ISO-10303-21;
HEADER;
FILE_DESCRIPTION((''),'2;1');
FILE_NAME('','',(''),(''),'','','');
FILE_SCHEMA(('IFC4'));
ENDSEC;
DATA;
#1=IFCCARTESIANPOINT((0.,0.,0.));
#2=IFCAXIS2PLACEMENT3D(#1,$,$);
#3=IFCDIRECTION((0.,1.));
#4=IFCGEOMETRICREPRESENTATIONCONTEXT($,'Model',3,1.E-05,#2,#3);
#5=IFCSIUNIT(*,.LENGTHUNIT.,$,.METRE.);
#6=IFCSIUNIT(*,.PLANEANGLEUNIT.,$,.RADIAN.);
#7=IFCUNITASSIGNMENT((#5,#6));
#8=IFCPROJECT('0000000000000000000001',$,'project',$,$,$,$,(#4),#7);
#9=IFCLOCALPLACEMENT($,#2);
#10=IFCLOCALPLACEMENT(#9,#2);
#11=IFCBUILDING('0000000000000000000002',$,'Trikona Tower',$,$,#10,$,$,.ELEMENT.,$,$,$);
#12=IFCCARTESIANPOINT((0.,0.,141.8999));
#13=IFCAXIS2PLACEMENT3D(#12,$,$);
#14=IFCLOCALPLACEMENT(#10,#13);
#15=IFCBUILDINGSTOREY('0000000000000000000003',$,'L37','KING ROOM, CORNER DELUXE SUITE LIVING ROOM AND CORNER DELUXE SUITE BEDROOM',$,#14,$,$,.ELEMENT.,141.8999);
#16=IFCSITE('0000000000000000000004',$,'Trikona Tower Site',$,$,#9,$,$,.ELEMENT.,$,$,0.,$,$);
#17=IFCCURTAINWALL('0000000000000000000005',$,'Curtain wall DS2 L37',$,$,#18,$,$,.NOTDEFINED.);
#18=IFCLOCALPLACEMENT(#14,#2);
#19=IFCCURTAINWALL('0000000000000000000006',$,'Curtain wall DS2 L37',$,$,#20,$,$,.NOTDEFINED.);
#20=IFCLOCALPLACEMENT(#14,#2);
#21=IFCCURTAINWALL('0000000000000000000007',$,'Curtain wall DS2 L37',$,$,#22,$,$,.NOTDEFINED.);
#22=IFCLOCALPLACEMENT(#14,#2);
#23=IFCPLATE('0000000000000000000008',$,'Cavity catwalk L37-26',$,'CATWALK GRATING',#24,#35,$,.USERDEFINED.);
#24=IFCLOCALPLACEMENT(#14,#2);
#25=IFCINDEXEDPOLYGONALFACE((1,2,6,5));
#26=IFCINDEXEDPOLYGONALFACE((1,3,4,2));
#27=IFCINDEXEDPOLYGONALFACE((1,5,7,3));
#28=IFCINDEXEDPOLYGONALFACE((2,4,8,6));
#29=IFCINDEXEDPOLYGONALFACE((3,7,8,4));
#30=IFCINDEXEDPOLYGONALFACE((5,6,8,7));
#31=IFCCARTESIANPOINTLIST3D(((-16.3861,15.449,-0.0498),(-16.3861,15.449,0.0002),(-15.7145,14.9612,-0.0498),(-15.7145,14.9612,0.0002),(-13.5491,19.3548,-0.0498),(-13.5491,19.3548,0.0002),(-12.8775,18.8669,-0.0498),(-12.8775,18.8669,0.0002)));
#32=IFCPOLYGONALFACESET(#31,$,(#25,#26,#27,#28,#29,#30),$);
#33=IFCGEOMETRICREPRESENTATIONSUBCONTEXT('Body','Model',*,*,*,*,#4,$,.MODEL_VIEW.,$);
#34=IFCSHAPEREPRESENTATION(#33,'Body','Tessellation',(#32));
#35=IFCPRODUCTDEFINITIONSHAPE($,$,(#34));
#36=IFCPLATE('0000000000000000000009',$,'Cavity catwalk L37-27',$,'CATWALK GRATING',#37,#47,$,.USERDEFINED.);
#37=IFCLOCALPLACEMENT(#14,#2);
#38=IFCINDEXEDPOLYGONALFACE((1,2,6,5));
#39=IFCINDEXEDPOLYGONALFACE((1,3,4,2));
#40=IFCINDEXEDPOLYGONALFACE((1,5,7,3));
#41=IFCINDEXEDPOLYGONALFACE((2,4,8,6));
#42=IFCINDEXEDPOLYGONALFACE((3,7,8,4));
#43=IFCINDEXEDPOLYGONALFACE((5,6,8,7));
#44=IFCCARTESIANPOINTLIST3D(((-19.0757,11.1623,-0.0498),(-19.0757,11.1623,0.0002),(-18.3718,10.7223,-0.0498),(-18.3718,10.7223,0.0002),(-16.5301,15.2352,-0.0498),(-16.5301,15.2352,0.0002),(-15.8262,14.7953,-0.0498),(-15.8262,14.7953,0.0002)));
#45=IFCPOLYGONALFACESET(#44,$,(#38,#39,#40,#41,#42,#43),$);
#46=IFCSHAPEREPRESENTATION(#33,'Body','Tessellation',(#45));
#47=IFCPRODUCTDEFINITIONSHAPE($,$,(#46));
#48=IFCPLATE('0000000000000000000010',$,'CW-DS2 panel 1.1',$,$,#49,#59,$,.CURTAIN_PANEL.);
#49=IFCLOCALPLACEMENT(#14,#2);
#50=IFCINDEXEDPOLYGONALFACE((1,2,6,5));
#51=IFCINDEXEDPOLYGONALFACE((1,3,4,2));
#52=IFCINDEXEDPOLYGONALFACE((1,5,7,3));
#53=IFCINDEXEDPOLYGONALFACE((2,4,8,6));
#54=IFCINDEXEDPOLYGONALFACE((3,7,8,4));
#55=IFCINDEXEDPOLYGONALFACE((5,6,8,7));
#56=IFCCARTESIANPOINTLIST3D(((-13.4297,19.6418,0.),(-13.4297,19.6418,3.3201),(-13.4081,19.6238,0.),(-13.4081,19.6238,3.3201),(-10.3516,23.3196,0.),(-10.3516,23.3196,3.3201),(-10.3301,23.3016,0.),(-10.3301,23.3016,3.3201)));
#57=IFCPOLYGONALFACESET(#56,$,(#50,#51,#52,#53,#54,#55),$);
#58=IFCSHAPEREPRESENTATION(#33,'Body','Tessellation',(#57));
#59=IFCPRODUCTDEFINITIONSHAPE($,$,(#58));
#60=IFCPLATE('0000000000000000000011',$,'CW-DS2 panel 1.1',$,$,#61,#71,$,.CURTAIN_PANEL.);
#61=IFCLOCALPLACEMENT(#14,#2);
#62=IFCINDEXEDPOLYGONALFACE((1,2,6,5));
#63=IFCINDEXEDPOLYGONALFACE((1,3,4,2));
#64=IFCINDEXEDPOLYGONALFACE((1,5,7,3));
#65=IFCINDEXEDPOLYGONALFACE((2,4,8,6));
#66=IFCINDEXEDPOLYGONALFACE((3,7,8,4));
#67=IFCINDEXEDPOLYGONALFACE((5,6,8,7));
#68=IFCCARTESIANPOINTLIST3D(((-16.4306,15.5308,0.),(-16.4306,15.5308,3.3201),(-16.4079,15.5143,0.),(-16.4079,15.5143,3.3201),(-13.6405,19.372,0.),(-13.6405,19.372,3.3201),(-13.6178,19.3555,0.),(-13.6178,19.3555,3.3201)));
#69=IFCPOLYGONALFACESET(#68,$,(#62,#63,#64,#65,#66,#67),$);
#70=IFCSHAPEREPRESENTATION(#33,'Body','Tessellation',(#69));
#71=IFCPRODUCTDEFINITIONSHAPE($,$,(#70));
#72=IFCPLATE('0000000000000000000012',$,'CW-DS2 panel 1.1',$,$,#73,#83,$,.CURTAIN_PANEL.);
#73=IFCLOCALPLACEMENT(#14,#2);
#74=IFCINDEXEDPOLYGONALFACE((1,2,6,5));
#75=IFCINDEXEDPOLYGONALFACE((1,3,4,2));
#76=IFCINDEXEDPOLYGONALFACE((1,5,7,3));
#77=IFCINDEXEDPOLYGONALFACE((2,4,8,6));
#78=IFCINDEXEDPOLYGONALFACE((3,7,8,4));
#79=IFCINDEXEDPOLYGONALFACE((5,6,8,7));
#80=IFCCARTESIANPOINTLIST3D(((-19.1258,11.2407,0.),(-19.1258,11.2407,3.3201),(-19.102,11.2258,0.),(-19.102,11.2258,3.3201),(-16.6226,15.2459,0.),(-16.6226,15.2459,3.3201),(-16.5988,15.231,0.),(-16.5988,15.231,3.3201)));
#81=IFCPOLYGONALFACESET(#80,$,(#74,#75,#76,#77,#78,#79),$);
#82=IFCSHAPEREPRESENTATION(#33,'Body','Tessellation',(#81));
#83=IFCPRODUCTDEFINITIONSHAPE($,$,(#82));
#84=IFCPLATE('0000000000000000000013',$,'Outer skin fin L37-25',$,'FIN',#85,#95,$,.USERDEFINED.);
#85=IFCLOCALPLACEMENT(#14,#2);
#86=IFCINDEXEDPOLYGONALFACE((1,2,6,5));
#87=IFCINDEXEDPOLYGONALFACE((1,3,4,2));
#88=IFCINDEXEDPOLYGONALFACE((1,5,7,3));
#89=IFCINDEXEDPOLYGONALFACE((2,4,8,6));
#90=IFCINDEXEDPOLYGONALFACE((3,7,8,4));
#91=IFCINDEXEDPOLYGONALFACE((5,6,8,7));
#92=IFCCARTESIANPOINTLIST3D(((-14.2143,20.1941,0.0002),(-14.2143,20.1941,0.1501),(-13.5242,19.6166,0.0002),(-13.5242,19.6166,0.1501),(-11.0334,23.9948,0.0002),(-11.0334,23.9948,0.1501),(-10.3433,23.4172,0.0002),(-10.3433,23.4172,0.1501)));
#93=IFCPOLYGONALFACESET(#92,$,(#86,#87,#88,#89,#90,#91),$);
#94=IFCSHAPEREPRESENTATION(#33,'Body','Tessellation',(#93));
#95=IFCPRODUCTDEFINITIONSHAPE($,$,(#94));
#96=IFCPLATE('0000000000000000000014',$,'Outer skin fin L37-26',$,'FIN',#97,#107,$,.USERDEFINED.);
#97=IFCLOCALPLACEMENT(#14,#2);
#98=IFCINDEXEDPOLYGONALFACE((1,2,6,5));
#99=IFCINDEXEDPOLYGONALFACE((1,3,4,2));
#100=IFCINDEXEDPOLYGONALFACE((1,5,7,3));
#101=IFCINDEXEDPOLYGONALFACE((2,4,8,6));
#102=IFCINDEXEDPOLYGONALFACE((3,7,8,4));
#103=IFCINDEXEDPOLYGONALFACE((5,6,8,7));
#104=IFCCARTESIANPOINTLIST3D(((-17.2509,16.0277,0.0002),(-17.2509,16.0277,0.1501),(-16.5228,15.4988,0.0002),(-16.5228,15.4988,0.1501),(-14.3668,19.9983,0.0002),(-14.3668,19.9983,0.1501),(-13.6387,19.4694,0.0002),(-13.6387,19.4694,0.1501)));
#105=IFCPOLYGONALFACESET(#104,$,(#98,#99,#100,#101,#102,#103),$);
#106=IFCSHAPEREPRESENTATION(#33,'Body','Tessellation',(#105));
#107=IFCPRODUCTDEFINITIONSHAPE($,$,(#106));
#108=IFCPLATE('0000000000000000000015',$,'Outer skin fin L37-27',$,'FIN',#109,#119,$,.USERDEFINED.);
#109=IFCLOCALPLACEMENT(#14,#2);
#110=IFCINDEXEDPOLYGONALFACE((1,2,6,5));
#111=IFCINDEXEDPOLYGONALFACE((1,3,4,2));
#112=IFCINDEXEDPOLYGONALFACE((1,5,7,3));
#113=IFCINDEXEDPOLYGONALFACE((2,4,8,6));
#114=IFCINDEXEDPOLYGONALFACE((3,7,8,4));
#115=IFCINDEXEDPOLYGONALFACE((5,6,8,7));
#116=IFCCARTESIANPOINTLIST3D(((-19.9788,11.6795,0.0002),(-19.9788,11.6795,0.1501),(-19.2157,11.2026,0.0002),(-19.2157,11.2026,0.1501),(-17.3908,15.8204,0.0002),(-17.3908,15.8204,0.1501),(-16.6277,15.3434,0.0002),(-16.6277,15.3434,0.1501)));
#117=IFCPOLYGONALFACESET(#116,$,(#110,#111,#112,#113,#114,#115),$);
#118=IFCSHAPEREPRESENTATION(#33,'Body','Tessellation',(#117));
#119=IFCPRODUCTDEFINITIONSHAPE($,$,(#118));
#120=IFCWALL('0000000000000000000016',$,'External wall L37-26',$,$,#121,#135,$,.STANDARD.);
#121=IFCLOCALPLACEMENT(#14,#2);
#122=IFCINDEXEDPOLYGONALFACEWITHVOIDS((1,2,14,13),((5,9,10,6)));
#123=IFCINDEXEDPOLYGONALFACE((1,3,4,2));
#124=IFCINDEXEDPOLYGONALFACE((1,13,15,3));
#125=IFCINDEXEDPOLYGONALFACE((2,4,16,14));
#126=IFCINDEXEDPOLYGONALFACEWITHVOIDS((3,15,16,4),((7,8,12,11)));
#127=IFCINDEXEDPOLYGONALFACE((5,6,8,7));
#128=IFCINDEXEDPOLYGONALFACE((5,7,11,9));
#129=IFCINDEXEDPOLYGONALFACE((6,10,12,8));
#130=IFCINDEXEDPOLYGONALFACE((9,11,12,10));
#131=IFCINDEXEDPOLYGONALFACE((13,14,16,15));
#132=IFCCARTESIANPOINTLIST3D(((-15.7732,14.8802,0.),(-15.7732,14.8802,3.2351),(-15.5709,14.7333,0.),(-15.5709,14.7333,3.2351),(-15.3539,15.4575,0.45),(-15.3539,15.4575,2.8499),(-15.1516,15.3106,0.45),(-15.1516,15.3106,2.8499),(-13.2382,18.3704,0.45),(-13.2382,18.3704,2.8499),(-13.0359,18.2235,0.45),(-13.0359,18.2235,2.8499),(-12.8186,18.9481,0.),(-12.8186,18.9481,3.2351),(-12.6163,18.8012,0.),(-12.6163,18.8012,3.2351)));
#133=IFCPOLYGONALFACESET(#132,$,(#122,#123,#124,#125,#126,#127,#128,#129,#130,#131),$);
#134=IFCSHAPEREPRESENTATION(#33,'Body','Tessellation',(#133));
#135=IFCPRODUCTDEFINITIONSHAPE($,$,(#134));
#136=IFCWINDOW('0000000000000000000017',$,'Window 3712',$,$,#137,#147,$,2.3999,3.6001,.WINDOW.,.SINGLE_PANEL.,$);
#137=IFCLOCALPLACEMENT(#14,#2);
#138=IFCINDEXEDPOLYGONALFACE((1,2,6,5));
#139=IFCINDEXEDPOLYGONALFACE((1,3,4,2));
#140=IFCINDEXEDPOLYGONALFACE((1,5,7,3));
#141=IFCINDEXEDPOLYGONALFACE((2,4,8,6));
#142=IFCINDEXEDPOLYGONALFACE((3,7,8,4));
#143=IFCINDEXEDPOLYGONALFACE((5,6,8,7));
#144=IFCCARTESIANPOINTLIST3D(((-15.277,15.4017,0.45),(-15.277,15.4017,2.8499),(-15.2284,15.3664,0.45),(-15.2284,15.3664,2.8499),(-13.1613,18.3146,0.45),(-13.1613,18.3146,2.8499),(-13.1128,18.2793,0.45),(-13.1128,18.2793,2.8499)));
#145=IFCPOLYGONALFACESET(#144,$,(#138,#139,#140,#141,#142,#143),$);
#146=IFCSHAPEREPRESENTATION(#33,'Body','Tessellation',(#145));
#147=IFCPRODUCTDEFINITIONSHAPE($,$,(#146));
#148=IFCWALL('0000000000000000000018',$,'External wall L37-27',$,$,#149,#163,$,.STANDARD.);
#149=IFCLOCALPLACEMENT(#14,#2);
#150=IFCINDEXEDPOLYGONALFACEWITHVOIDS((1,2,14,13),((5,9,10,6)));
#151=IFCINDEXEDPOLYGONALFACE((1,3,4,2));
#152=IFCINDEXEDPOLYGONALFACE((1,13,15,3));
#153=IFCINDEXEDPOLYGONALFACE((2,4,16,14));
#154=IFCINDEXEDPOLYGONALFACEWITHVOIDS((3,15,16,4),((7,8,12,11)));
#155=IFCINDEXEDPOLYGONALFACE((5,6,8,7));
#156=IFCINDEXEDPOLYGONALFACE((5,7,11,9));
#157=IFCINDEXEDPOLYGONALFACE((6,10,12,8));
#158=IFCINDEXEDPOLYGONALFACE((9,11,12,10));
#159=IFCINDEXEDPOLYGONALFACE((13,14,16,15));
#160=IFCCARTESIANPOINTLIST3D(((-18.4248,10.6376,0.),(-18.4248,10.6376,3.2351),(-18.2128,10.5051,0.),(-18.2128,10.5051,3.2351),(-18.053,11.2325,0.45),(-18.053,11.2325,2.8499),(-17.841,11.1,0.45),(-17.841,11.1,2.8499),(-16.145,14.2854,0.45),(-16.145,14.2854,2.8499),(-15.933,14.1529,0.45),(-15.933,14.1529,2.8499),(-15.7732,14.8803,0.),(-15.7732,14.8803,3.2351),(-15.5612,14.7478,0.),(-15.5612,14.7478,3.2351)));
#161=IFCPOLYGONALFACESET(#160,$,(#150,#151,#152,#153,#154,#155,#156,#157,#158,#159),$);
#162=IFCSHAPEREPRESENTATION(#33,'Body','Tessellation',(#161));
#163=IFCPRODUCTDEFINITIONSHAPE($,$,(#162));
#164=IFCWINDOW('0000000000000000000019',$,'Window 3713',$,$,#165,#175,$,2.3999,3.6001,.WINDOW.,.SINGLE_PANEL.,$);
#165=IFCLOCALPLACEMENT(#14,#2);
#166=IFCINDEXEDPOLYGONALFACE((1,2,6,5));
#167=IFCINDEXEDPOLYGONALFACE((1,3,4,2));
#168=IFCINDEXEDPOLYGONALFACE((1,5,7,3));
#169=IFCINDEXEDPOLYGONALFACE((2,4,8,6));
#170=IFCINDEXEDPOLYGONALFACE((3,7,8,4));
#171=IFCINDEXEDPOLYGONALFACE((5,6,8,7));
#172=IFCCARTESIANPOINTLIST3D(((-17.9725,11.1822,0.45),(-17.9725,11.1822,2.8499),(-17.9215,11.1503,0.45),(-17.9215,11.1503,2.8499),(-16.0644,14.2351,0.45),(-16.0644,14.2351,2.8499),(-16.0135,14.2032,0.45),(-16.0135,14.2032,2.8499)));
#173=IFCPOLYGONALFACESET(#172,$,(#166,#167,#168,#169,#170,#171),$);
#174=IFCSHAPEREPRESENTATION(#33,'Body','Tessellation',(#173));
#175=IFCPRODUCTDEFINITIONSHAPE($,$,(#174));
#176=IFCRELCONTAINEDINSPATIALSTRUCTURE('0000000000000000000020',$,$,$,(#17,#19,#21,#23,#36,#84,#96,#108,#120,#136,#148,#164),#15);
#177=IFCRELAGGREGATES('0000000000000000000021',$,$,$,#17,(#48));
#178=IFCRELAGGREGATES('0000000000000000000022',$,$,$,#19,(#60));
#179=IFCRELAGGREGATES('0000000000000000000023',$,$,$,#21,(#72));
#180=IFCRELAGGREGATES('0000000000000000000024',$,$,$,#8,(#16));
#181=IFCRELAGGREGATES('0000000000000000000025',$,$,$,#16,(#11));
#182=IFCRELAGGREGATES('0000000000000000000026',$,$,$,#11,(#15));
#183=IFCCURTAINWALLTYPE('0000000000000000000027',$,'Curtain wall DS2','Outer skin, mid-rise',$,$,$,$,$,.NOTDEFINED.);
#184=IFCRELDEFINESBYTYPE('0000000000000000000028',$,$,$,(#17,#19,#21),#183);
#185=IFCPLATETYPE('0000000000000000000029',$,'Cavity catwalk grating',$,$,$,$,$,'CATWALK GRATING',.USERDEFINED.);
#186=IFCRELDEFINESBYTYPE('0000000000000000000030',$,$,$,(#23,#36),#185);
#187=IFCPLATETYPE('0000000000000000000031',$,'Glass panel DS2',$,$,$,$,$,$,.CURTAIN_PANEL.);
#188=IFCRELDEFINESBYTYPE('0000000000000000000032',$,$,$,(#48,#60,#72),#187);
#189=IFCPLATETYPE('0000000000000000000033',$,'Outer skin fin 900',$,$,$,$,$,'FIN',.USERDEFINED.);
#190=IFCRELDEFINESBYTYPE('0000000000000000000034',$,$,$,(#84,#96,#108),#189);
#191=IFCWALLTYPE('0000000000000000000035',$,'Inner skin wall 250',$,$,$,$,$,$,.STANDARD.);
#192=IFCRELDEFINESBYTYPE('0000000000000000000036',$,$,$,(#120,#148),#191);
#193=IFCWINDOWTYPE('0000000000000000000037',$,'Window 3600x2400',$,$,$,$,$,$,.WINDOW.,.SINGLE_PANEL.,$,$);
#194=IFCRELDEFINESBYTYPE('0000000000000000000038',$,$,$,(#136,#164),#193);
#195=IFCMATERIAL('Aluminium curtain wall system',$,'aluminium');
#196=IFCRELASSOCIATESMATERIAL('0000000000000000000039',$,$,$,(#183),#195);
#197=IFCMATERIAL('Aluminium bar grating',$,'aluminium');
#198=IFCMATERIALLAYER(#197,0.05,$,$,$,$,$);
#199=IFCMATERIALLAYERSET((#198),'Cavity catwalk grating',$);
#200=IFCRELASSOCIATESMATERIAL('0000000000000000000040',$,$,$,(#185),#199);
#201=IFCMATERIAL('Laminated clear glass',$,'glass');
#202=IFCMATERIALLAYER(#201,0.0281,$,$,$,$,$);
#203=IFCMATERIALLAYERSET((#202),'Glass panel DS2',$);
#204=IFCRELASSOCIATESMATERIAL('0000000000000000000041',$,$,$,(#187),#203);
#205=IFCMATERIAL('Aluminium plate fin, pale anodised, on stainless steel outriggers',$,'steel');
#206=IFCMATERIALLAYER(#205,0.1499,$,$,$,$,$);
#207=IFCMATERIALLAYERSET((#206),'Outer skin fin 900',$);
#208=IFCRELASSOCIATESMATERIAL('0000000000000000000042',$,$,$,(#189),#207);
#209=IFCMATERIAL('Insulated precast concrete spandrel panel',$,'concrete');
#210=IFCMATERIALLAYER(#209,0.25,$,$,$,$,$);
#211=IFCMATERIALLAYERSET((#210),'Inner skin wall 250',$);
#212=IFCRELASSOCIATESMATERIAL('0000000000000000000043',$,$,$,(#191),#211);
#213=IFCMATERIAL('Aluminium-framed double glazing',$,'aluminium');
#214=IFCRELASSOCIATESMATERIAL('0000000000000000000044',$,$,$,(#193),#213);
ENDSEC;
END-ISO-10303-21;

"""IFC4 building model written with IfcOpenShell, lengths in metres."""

from ifc_helpers import new_model, si_unit, direction, frame, frame_2d, origin, origin_2d, place, context, subcontext, project, spatial, rectangle, extrude, material, layer, layer_set, type_object, element, fill, aggregate, save


model = new_model("IFC4")

# Units and contexts
model_context = context("Model", 3, precision=1e-05, world=origin(), true_north=direction((0.0, 1.0)))
body_context = subcontext(model_context, "Body", "Model", "MODEL_VIEW")
ifc_project = project(units=[si_unit("LENGTHUNIT", "METRE"), si_unit("PLANEANGLEUNIT", "RADIAN")], contexts=[model_context])

# Site, building, storey
site_placement = place(None, origin())
site = spatial("IfcSite", under=ifc_project, at=site_placement, Name="Trikona Tower Site", CompositionType="ELEMENT", RefElevation=0.0)
building_placement = place(site_placement, origin())
building = spatial("IfcBuilding", under=site, at=building_placement, Name="Trikona Tower", CompositionType="ELEMENT")
storey_placement = place(building_placement, frame((0.0, 0.0, 141.8999)))
storey = spatial("IfcBuildingStorey", under=building, at=storey_placement, Name="L37", Description="KING ROOM, CORNER DELUXE SUITE LIVING ROOM AND CORNER DELUXE SUITE BEDROOM", CompositionType="ELEMENT", Elevation=141.8999)

# Shared definitions
ifc_material_1 = material(Name="Aluminium curtain wall system", Category="aluminium")
curtain_wall_type = type_object("IfcCurtainWallType", Name="Curtain wall DS2", Description="Outer skin, mid-rise", PredefinedType="NOTDEFINED", material=ifc_material_1)

# Curtain walls
curtain_wall_1_placement = place(storey_placement, origin())
curtain_wall_1 = element("IfcCurtainWall", 1, at=curtain_wall_1_placement, inside=storey, type_object=curtain_wall_type, Name="Curtain wall DS2 L37", PredefinedType="NOTDEFINED")
curtain_wall_2_placement = place(storey_placement, origin())
curtain_wall_2 = element("IfcCurtainWall", 2, at=curtain_wall_2_placement, inside=storey, type_object=curtain_wall_type, Name="Curtain wall DS2 L37", PredefinedType="NOTDEFINED")

# Curtain wall
curtain_wall_3_placement = place(storey_placement, origin())
curtain_wall_3 = element("IfcCurtainWall", 3, at=curtain_wall_3_placement, inside=storey, type_object=curtain_wall_type, Name="Curtain wall DS2 L37", PredefinedType="NOTDEFINED")

# Plates
ifc_material_2 = material(Name="Aluminium bar grating", Category="aluminium")
ifc_layer_1 = layer(ifc_material_2, 0.05)
ifc_layer_set_1 = layer_set([ifc_layer_1], Name="Cavity catwalk grating")
plate_type_1 = type_object("IfcPlateType", Name="Cavity catwalk grating", ElementType="CATWALK GRATING", PredefinedType="USERDEFINED", material=ifc_layer_set_1)
plate_1_placement = place(storey_placement, frame((-14.6318, 17.158, -0.0498), z_axis=(0.0, 0.0, 1.0), x_axis=(-0.587686, -0.809089, 0.0)))
element("IfcPlate", 4, at=plate_1_placement, inside=storey, type_object=plate_type_1, Name="Cavity catwalk L37-26", ObjectType="CATWALK GRATING", PredefinedType="USERDEFINED", context=body_context, shape_type="SweptSolid", body=[
    extrude(rectangle(XDim=4.8274, YDim=0.8301, at=origin_2d()), origin(), (0.0, 0.0, 1.0), 0.05),
])
plate_2_placement = place(storey_placement, frame((-17.4509, 12.9788, -0.0498), z_axis=(0.0, 0.0, 1.0), x_axis=(-0.529995, -0.848001, 0.0)))
element("IfcPlate", 5, at=plate_2_placement, inside=storey, type_object=plate_type_1, Name="Cavity catwalk L37-27", ObjectType="CATWALK GRATING", PredefinedType="USERDEFINED", context=body_context, shape_type="SweptSolid", body=[
    extrude(rectangle(XDim=4.803, YDim=0.8301, at=origin_2d()), origin(), (0.0, 0.0, 1.0), 0.05),
])

# Plates
ifc_material_3 = material(Name="Laminated clear glass", Category="glass")
ifc_layer_2 = layer(ifc_material_3, 0.0281)
ifc_layer_set_2 = layer_set([ifc_layer_2], Name="Glass panel DS2")
plate_type_2 = type_object("IfcPlateType", Name="Glass panel DS2", PredefinedType="CURTAIN_PANEL", material=ifc_layer_set_2)
plate_3_placement = place(storey_placement, frame((-11.8799, 21.4717, 0.0), z_axis=(0.0, 0.0, 1.0), x_axis=(-0.641806, -0.766867, 0.0)))
plate_3 = element("IfcPlate", 6, at=plate_3_placement, type_object=plate_type_2, Name="CW-DS2 panel 1.1", PredefinedType="CURTAIN_PANEL", context=body_context, shape_type="SweptSolid", body=[
    extrude(rectangle(XDim=4.7959, YDim=0.0281, at=origin_2d()), origin(), (0.0, 0.0, 1.0), 3.3201),
])
aggregate(curtain_wall_1, [plate_3])
plate_4_placement = place(storey_placement, frame((-15.0242, 17.4431, 0.0), z_axis=(0.0, 0.0, 1.0), x_axis=(-0.587691, -0.809086, 0.0)))
plate_4 = element("IfcPlate", 7, at=plate_4_placement, type_object=plate_type_2, Name="CW-DS2 panel 1.1", PredefinedType="CURTAIN_PANEL", context=body_context, shape_type="SweptSolid", body=[
    extrude(rectangle(XDim=4.7476, YDim=0.0281, at=origin_2d()), origin(), (0.0, 0.0, 1.0), 3.3201),
])
aggregate(curtain_wall_2, [plate_4])
plate_5_placement = place(storey_placement, frame((-17.8623, 13.2358, 0.0), z_axis=(0.0, 0.0, 1.0), x_axis=(-0.529999, -0.847998, 0.0)))
plate_5 = element("IfcPlate", 8, at=plate_5_placement, type_object=plate_type_2, Name="CW-DS2 panel 1.1", PredefinedType="CURTAIN_PANEL", context=body_context, shape_type="SweptSolid", body=[
    extrude(rectangle(XDim=4.7231, YDim=0.0281, at=origin_2d()), origin(), (0.0, 0.0, 1.0), 3.3201),
])
aggregate(curtain_wall_3, [plate_5])

# Plates
ifc_material_4 = material(Name="Aluminium plate fin, pale anodised, on stainless steel outriggers", Category="steel")
ifc_layer_3 = layer(ifc_material_4, 0.1499)
ifc_layer_set_3 = layer_set([ifc_layer_3], Name="Outer skin fin 900")
plate_type_3 = type_object("IfcPlateType", Name="Outer skin fin 900", ElementType="FIN", PredefinedType="USERDEFINED", material=ifc_layer_set_3)
plate_6_placement = place(storey_placement, frame((-12.2788, 21.8057, 0.0002), z_axis=(0.0, 0.0, 1.0), x_axis=(-0.641807, -0.766866, 0.0)))
element("IfcPlate", 9, at=plate_6_placement, inside=storey, type_object=plate_type_3, Name="Outer skin fin L37-25", ObjectType="FIN", PredefinedType="USERDEFINED", context=body_context, shape_type="SweptSolid", body=[
    extrude(rectangle(XDim=4.9561, YDim=0.8999, at=origin_2d()), origin(), (0.0, 0.0, 1.0), 0.1499),
])
plate_7_placement = place(storey_placement, frame((-15.4448, 17.7485, 0.0002), z_axis=(0.0, 0.0, 1.0), x_axis=(-0.587686, -0.809089, 0.0)))
element("IfcPlate", 10, at=plate_7_placement, inside=storey, type_object=plate_type_3, Name="Outer skin fin L37-26", ObjectType="FIN", PredefinedType="USERDEFINED", context=body_context, shape_type="SweptSolid", body=[
    extrude(rectangle(XDim=4.9075, YDim=0.8999, at=origin_2d()), origin(), (0.0, 0.0, 1.0), 0.1499),
])
plate_8_placement = place(storey_placement, frame((-18.3032, 13.5115, 0.0002), z_axis=(0.0, 0.0, 1.0), x_axis=(-0.529995, -0.848001, 0.0)))
element("IfcPlate", 11, at=plate_8_placement, inside=storey, type_object=plate_type_3, Name="Outer skin fin L37-27", ObjectType="FIN", PredefinedType="USERDEFINED", context=body_context, shape_type="SweptSolid", body=[
    extrude(rectangle(XDim=4.8831, YDim=0.8999, at=origin_2d()), origin(), (0.0, 0.0, 1.0), 0.1499),
])

# Walls, openings, windows
ifc_material_5 = material(Name="Insulated precast concrete spandrel panel", Category="concrete")
ifc_layer_4 = layer(ifc_material_5, 0.25)
ifc_layer_set_4 = layer_set([ifc_layer_4], Name="Inner skin wall 250")
wall_type = type_object("IfcWallType", Name="Inner skin wall 250", PredefinedType="STANDARD", material=ifc_layer_set_4)
wall_1_placement = place(storey_placement, frame((-12.7175, 18.8745, 0.0), z_axis=(0.0, 0.0, 1.0), x_axis=(-0.587669, -0.809101, 0.0)))
wall_1 = element("IfcWall", 12, at=wall_1_placement, inside=storey, type_object=wall_type, Name="External wall L37-26", PredefinedType="STANDARD", context=body_context, shape_type="SweptSolid", body=[
    extrude(rectangle(XDim=5.0276, YDim=0.25, at=frame_2d((2.5137, 0.0))), origin(), (0.0, 0.0, 1.0), 3.2351),
])
opening_1_placement = place(wall_1_placement, frame((0.7139, 0.0, 0.45)))
opening_1 = element("IfcOpeningElement", 13, at=opening_1_placement, cuts=wall_1, PredefinedType="OPENING", context=body_context, shape_type="SweptSolid", body=[
    extrude(rectangle(XDim=3.6001, YDim=2.3999, at=frame_2d((1.8, 1.2))), frame((0.0, 0.135, 0.0), z_axis=(0.0, -1.0, 0.0), x_axis=(1.0, 0.0, 0.0)), (0.0, 0.0, 1.0), 0.27),
])
ifc_material_6 = material(Name="Aluminium-framed double glazing", Category="aluminium")
window_type = type_object("IfcWindowType", Name="Window 3600x2400", PartitioningType="SINGLE_PANEL", PredefinedType="WINDOW", material=ifc_material_6)
window_1_placement = place(opening_1_placement, origin())
window_1 = element("IfcWindow", 14, at=window_1_placement, inside=storey, type_object=window_type, Name="Window 3712", OverallHeight=2.3999, OverallWidth=3.6001, PartitioningType="SINGLE_PANEL", PredefinedType="WINDOW", context=body_context, shape_type="SweptSolid", body=[
    extrude(rectangle(XDim=3.6001, YDim=2.3999, at=frame_2d((1.8, 1.2))), frame((0.0, 0.03, 0.0), z_axis=(0.0, -1.0, 0.0), x_axis=(1.0, 0.0, 0.0)), (0.0, 0.0, 1.0), 0.0601),
])
fill(opening_1, window_1)
wall_2_placement = place(storey_placement, frame((-15.6672, 14.814, 0.0), z_axis=(0.0, 0.0, 1.0), x_axis=(-0.52999, -0.848004, 0.0)))
wall_2 = element("IfcWall", 15, at=wall_2_placement, inside=storey, type_object=wall_type, Name="External wall L37-27", PredefinedType="STANDARD", context=body_context, shape_type="SweptSolid", body=[
    extrude(rectangle(XDim=5.0032, YDim=0.25, at=frame_2d((2.5015, 0.0))), origin(), (0.0, 0.0, 1.0), 3.2351),
])
opening_2_placement = place(wall_2_placement, frame((0.7014, 0.0, 0.45)))
opening_2 = element("IfcOpeningElement", 16, at=opening_2_placement, cuts=wall_2, PredefinedType="OPENING", context=body_context, shape_type="SweptSolid", body=[
    extrude(rectangle(XDim=3.6001, YDim=2.3999, at=frame_2d((1.8, 1.2))), frame((0.0, 0.135, 0.0), z_axis=(0.0, -1.0, 0.0), x_axis=(1.0, 0.0, 0.0)), (0.0, 0.0, 1.0), 0.27),
])
window_2_placement = place(opening_2_placement, origin())
window_2 = element("IfcWindow", 17, at=window_2_placement, inside=storey, type_object=window_type, Name="Window 3713", OverallHeight=2.3999, OverallWidth=3.6001, PartitioningType="SINGLE_PANEL", PredefinedType="WINDOW", context=body_context, shape_type="SweptSolid", body=[
    extrude(rectangle(XDim=3.6001, YDim=2.3999, at=frame_2d((1.8, 1.2))), frame((0.0, 0.03, 0.0), z_axis=(0.0, -1.0, 0.0), x_axis=(1.0, 0.0, 0.0)), (0.0, 0.0, 1.0), 0.0601),
])
fill(opening_2, window_2)

save(model, "model.ifc")
